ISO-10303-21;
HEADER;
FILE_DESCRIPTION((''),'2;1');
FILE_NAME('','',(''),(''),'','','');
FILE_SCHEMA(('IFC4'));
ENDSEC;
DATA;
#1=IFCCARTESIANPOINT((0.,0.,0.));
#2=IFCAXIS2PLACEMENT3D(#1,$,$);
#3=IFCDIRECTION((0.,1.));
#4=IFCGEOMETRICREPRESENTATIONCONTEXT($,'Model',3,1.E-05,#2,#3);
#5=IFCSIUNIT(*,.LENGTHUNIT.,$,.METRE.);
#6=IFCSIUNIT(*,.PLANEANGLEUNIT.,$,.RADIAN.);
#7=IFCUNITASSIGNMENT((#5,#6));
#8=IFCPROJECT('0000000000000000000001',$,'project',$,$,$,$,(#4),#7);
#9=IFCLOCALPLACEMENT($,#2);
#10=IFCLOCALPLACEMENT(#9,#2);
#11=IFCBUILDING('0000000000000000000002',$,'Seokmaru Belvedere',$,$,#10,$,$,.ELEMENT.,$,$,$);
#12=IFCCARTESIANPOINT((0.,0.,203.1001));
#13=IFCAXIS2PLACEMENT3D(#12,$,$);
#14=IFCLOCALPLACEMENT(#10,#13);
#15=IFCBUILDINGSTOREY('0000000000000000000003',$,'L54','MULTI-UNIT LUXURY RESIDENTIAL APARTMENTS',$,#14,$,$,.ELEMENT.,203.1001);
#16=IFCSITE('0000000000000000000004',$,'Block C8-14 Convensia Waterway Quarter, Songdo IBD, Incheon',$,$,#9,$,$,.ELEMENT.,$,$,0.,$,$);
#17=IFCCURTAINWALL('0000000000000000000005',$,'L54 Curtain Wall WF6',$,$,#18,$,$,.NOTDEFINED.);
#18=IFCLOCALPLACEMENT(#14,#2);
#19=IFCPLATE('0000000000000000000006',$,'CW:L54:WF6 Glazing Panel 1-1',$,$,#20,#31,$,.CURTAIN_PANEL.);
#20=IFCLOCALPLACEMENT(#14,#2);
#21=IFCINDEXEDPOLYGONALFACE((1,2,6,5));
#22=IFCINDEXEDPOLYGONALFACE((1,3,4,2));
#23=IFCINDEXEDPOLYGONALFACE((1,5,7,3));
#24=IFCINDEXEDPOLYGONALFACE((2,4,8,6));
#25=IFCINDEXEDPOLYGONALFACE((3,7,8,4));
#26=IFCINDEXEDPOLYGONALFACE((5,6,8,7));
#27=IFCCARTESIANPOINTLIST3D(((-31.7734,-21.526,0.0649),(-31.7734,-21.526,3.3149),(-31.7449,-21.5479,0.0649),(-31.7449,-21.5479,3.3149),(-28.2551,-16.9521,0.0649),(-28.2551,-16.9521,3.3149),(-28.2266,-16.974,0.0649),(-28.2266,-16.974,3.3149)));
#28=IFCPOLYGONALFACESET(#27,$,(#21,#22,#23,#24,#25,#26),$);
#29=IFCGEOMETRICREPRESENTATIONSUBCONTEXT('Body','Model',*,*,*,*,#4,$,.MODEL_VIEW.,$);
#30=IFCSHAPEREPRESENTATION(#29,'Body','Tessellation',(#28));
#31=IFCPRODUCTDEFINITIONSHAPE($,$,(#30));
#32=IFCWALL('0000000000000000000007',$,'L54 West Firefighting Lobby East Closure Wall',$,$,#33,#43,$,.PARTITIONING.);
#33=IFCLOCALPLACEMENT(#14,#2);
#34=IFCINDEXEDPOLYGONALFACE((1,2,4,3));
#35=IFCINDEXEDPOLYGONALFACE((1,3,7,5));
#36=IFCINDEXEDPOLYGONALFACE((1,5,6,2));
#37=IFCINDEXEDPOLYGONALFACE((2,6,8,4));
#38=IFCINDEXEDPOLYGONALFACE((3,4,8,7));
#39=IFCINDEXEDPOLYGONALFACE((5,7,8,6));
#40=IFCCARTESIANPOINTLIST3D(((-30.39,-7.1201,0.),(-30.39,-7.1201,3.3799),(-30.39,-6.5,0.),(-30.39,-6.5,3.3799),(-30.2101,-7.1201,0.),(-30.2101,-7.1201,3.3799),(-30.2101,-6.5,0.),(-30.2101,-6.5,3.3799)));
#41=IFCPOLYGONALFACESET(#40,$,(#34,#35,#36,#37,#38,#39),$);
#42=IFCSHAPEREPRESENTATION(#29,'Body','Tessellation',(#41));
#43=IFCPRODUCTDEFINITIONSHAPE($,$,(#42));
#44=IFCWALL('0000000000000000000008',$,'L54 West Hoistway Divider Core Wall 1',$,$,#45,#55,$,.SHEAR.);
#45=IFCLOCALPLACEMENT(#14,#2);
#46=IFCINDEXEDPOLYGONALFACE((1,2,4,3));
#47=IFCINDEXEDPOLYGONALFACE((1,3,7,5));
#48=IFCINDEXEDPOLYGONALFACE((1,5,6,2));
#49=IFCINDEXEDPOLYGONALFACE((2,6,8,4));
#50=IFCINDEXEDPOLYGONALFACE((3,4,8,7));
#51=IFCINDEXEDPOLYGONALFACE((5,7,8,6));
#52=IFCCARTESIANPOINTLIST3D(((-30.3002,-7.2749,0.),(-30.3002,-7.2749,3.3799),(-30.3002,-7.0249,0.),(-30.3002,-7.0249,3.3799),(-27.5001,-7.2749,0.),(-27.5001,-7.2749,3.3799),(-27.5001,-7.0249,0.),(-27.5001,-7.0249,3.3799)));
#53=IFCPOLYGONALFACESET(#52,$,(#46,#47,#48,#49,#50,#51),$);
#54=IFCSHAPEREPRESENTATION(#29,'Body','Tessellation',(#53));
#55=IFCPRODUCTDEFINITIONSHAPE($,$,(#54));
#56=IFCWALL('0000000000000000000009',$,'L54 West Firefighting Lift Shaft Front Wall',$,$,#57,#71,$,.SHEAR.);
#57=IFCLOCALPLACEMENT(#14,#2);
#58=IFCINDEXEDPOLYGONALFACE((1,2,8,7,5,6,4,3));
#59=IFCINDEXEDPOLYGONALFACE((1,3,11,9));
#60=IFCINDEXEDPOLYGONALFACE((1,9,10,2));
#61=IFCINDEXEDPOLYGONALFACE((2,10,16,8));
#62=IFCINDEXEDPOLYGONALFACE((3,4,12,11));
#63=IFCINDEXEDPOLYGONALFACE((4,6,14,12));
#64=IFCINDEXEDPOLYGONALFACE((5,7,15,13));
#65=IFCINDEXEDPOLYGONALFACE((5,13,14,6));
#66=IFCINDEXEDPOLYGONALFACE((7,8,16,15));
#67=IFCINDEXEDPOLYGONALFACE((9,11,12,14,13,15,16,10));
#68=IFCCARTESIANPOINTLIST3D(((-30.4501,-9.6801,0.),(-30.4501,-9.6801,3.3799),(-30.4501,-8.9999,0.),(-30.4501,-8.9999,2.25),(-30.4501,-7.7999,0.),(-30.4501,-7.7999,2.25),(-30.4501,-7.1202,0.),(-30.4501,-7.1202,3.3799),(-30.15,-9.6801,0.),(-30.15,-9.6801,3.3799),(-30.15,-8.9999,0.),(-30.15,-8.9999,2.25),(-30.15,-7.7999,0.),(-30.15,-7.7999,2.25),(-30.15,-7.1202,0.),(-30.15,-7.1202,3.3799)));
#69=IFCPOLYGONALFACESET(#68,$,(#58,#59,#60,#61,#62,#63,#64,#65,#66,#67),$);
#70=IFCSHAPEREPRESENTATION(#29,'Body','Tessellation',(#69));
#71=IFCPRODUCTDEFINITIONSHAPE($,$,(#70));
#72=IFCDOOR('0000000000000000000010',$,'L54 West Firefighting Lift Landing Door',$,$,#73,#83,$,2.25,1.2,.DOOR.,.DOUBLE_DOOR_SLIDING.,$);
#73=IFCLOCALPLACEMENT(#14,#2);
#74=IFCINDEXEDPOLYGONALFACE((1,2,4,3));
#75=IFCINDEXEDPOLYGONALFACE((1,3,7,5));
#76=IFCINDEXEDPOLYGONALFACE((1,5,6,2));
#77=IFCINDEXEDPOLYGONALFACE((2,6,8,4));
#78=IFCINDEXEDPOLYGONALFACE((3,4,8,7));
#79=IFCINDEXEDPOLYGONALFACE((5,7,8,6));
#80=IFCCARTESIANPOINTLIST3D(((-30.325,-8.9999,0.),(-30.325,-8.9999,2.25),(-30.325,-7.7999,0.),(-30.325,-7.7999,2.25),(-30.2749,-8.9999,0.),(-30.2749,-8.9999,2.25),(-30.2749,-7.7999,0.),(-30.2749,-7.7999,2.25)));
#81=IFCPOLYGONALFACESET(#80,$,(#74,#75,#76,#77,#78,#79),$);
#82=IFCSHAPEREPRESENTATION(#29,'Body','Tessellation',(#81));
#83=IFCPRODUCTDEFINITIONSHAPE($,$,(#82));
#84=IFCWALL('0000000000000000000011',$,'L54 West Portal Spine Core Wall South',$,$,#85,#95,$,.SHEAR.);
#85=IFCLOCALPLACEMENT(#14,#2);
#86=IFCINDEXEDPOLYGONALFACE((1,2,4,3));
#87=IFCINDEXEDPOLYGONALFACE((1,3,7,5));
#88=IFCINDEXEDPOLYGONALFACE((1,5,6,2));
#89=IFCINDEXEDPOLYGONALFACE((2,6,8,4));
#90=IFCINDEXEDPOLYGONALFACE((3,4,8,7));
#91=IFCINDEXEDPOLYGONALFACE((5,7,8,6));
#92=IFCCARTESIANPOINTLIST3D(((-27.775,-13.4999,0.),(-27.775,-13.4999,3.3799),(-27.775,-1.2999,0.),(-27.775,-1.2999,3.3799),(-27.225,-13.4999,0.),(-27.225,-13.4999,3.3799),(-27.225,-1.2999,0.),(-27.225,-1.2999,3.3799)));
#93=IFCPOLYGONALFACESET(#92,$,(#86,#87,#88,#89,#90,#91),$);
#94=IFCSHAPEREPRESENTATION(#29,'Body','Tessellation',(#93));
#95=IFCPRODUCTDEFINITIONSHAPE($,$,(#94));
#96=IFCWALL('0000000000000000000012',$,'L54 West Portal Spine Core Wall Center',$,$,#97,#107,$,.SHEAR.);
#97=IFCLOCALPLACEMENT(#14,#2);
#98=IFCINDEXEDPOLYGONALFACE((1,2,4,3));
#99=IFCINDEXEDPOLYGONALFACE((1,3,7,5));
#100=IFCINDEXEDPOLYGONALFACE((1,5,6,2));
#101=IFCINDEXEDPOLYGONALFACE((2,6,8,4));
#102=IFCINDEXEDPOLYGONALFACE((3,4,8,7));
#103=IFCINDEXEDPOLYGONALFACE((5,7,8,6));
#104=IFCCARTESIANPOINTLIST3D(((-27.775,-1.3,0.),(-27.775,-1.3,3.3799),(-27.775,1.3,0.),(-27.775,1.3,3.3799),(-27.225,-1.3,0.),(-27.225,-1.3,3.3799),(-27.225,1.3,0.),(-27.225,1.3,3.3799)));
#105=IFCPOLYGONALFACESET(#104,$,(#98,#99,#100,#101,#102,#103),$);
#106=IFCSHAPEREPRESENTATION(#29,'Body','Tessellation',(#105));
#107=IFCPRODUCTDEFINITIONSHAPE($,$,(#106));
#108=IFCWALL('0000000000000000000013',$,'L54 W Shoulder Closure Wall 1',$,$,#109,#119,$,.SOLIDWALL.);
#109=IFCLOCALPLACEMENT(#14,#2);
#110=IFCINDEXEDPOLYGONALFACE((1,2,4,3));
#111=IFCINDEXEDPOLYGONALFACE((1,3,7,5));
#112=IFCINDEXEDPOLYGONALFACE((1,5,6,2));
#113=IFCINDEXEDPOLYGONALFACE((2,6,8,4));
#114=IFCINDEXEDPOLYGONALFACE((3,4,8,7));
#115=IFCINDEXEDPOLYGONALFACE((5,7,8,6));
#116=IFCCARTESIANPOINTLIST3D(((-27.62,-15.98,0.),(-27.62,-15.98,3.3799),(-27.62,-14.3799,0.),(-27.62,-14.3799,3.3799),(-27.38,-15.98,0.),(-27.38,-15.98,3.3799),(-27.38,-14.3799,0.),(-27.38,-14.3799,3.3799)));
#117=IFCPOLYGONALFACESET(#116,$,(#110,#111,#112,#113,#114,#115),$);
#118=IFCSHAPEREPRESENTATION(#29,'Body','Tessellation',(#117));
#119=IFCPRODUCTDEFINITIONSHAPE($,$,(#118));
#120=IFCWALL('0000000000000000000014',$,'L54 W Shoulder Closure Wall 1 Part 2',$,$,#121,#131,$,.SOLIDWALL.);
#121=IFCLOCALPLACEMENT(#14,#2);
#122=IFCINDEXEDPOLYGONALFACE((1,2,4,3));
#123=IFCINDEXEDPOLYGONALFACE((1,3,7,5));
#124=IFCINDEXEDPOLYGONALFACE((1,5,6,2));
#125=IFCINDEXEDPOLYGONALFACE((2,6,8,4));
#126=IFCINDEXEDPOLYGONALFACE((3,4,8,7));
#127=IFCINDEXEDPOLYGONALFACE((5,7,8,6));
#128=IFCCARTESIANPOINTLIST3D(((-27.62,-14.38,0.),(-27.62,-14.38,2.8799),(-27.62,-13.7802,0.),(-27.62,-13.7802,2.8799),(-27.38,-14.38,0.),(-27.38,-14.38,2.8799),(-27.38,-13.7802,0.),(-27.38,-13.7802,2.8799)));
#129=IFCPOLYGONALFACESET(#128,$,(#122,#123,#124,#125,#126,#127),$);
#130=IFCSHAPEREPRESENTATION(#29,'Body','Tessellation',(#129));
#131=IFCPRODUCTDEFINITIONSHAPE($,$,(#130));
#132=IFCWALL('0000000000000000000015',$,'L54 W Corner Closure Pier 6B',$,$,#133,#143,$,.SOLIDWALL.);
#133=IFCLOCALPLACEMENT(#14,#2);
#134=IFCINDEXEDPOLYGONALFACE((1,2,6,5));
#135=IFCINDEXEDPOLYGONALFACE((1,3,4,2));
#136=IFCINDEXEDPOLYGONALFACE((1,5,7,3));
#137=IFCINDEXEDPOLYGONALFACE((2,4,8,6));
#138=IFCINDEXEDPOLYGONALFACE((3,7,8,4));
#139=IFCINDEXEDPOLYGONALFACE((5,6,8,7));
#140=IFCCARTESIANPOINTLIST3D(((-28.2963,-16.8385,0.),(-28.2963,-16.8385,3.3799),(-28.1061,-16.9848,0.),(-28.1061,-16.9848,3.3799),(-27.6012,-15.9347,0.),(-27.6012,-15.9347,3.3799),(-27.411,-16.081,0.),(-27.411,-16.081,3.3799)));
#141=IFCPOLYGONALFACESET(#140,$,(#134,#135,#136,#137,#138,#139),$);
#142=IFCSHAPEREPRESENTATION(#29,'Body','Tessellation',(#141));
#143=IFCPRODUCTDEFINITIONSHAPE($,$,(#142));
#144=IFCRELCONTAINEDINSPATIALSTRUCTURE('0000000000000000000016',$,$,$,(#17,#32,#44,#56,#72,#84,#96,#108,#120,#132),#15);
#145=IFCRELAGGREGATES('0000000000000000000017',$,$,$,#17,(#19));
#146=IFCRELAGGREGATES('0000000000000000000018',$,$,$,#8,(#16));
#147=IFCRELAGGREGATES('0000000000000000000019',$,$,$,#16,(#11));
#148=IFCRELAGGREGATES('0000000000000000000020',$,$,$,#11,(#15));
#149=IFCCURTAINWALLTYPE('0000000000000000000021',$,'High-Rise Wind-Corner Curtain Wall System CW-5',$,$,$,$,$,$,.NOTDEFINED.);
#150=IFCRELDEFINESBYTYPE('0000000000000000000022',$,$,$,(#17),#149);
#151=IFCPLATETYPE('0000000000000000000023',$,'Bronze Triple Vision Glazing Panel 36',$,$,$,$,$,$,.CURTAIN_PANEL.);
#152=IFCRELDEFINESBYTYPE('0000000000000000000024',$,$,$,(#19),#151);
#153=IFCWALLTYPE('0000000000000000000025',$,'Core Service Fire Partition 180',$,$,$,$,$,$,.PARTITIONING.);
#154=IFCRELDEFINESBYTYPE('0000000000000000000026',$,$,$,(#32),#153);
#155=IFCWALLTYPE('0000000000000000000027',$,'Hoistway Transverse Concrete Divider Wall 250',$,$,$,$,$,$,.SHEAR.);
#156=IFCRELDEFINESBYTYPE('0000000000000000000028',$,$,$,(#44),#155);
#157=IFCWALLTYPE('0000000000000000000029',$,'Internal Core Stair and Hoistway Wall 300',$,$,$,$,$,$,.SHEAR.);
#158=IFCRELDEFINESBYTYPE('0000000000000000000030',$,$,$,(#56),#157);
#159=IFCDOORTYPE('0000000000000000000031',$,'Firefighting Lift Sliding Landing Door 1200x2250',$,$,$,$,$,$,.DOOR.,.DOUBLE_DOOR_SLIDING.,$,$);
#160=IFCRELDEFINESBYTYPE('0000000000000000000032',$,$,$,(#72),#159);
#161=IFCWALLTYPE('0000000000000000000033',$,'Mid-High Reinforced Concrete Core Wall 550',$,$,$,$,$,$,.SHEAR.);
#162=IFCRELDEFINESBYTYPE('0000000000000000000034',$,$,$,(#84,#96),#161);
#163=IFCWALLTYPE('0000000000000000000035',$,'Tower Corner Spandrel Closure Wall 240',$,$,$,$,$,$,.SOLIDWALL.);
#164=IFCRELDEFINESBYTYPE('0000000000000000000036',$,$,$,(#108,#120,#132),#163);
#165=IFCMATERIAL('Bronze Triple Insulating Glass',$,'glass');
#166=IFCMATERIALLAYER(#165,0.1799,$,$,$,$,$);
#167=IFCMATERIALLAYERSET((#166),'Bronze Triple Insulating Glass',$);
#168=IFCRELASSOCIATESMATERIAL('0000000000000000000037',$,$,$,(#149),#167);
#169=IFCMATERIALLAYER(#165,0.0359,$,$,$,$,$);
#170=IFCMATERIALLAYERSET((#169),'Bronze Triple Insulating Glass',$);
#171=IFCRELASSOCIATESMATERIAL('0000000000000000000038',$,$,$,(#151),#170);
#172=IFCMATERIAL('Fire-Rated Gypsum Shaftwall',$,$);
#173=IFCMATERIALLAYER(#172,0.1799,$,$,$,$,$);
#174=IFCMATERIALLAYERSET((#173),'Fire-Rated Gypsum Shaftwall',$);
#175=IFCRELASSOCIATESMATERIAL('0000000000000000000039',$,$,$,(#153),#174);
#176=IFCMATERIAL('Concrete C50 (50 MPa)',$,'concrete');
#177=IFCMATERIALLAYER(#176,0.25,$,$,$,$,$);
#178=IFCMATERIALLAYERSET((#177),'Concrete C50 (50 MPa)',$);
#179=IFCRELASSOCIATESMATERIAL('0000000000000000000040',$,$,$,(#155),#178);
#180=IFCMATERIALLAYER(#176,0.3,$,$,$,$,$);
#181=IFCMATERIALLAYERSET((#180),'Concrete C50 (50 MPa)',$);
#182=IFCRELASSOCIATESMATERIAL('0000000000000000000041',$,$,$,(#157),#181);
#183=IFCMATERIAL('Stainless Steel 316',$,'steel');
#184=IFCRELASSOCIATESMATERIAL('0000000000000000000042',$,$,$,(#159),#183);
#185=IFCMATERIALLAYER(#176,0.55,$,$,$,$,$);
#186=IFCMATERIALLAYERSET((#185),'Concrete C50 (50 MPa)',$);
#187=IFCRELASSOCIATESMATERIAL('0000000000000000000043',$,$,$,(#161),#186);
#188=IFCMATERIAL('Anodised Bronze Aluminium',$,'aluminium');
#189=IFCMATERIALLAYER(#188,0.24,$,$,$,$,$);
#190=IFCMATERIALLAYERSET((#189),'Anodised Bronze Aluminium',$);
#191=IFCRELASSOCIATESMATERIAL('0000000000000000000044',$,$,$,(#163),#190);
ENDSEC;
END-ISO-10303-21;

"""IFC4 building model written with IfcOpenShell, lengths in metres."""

from ifc_helpers import new_model, si_unit, direction, frame, frame_2d, origin, origin_2d, place, context, subcontext, project, spatial, rectangle, extrude, source, transform, mapped, material, layer, layer_set, type_object, type_shapes, element, fill, aggregate, save


model = new_model("IFC4")

# Units and contexts
model_context = context("Model", 3, precision=1e-05, world=origin(), true_north=direction((0.0, 1.0)))
body_context = subcontext(model_context, "Body", "Model", "MODEL_VIEW")
ifc_project = project(units=[si_unit("LENGTHUNIT", "METRE"), si_unit("PLANEANGLEUNIT", "RADIAN")], contexts=[model_context])

# Site, building, storey
site_placement = place(None, origin())
site = spatial("IfcSite", under=ifc_project, at=site_placement, Name="Block C8-14 Convensia Waterway Quarter, Songdo IBD, Incheon", CompositionType="ELEMENT", RefElevation=0.0)
building_placement = place(site_placement, origin())
building = spatial("IfcBuilding", under=site, at=building_placement, Name="Seokmaru Belvedere", CompositionType="ELEMENT")
storey_placement = place(building_placement, frame((0.0, 0.0, 203.1001)))
storey = spatial("IfcBuildingStorey", under=building, at=storey_placement, Name="L54", Description="MULTI-UNIT LUXURY RESIDENTIAL APARTMENTS", CompositionType="ELEMENT", Elevation=203.1001)

# Curtain wall
ifc_material_1 = material(Name="Bronze Triple Insulating Glass", Category="glass")
ifc_layer_1 = layer(ifc_material_1, 0.1799)
ifc_layer_set_1 = layer_set([ifc_layer_1], Name="Bronze Triple Insulating Glass")
curtain_wall_type = type_object("IfcCurtainWallType", Name="High-Rise Wind-Corner Curtain Wall System CW-5", PredefinedType="NOTDEFINED", material=ifc_layer_set_1)
curtain_wall_placement = place(storey_placement, origin())
curtain_wall = element("IfcCurtainWall", 1, at=curtain_wall_placement, inside=storey, type_object=curtain_wall_type, Name="L54 Curtain Wall WF6", PredefinedType="NOTDEFINED")
ifc_material_2 = material(Name="Anodised Bronze Aluminium", Category="aluminium")

# Plate
ifc_layer_2 = layer(ifc_material_1, 0.0359)
ifc_layer_set_2 = layer_set([ifc_layer_2], Name="Bronze Triple Insulating Glass")
plate_type = type_object("IfcPlateType", Name="Bronze Triple Vision Glazing Panel 36", PredefinedType="CURTAIN_PANEL", material=ifc_layer_set_2)
shared_shape_1 = source(origin(), body_context, "Body", "SweptSolid", [
    extrude(rectangle(XDim=5.7705, YDim=0.0359, at=origin_2d()), origin(), (0.0, 0.0, 1.0), 3.25),
])
type_shapes(plate_type, [shared_shape_1])
plate_placement = place(storey_placement, frame((-30.0, -19.25, 0.0649), z_axis=(0.0, 0.0, 1.0), x_axis=(0.609701, 0.792631, 0.0)))
plate = element("IfcPlate", 2, at=plate_placement, type_object=plate_type, Name="CW:L54:WF6 Glazing Panel 1-1", PredefinedType="CURTAIN_PANEL", context=body_context, shape_type="MappedRepresentation", body=[
    mapped(shared_shape_1, transform((0.0, 0.0, 0.0), scale=1.0)),
])
aggregate(curtain_wall, [plate])

# Walls
ifc_material_3 = material(Name="Fire-Rated Gypsum Shaftwall")
ifc_layer_3 = layer(ifc_material_3, 0.1799)
ifc_layer_set_3 = layer_set([ifc_layer_3], Name="Fire-Rated Gypsum Shaftwall")
wall_type_1 = type_object("IfcWallType", Name="Core Service Fire Partition 180", PredefinedType="PARTITIONING", material=ifc_layer_set_3)
wall_1_placement = place(storey_placement, frame((-30.3, -7.1201, 0.0), z_axis=(0.0, 0.0, 1.0), x_axis=(0.0, 1.0, 0.0)))
element("IfcWall", 3, at=wall_1_placement, inside=storey, type_object=wall_type_1, Name="L54 West Firefighting Lobby East Closure Wall", PredefinedType="PARTITIONING", context=body_context, shape_type="SweptSolid", body=[
    extrude(rectangle(XDim=0.6201, YDim=0.1799, at=frame_2d((0.3101, 0.0))), origin(), (0.0, 0.0, 1.0), 3.3799),
])
ifc_material_4 = material(Name="Concrete C50 (50 MPa)", Category="concrete")
ifc_layer_4 = layer(ifc_material_4, 0.25)
ifc_layer_set_4 = layer_set([ifc_layer_4], Name="Concrete C50 (50 MPa)")
wall_type_2 = type_object("IfcWallType", Name="Hoistway Transverse Concrete Divider Wall 250", PredefinedType="SHEAR", material=ifc_layer_set_4)
wall_2_placement = place(storey_placement, frame((-30.3, -7.1499, 0.0), z_axis=(0.0, 0.0, 1.0), x_axis=(1.0, 0.0, 0.0)))
element("IfcWall", 4, at=wall_2_placement, inside=storey, type_object=wall_type_2, Name="L54 West Hoistway Divider Core Wall 1", PredefinedType="SHEAR", context=body_context, shape_type="SweptSolid", body=[
    extrude(rectangle(XDim=2.8, YDim=0.25, at=frame_2d((1.3999, 0.0))), origin(), (0.0, 0.0, 1.0), 3.3799),
])

# Wall, opening, door
ifc_layer_5 = layer(ifc_material_4, 0.3)
ifc_layer_set_5 = layer_set([ifc_layer_5], Name="Concrete C50 (50 MPa)")
wall_type_3 = type_object("IfcWallType", Name="Internal Core Stair and Hoistway Wall 300", PredefinedType="SHEAR", material=ifc_layer_set_5)
wall_3_placement = place(storey_placement, frame((-30.3, -9.6799, 0.0), z_axis=(0.0, 0.0, 1.0), x_axis=(0.0, 1.0, 0.0)))
wall_3 = element("IfcWall", 5, at=wall_3_placement, inside=storey, type_object=wall_type_3, Name="L54 West Firefighting Lift Shaft Front Wall", PredefinedType="SHEAR", context=body_context, shape_type="SweptSolid", body=[
    extrude(rectangle(XDim=2.5598, YDim=0.3, at=frame_2d((1.2798, 0.0))), origin(), (0.0, 0.0, 1.0), 3.3799),
])
opening_placement = place(wall_3_placement, frame((0.6799, 0.0, 0.0)))
opening = element("IfcOpeningElement", 6, at=opening_placement, cuts=wall_3, PredefinedType="OPENING", context=body_context, shape_type="SweptSolid", body=[
    extrude(rectangle(XDim=1.2, YDim=2.25, at=frame_2d((0.6001, 1.125))), frame((0.0, 0.1602, 0.0), z_axis=(0.0, -1.0, 0.0), x_axis=(1.0, 0.0, 0.0)), (0.0, 0.0, 1.0), 0.3201),
])
ifc_material_5 = material(Name="Stainless Steel 316", Category="steel")
door_type = type_object("IfcDoorType", Name="Firefighting Lift Sliding Landing Door 1200x2250", OperationType="DOUBLE_DOOR_SLIDING", PredefinedType="DOOR", material=ifc_material_5)
shared_shape_2 = source(origin(), body_context, "Body", "SweptSolid", [
    extrude(rectangle(XDim=1.2, YDim=2.25, at=frame_2d((0.6001, 1.125))), frame((0.0, 0.0249, 0.0), z_axis=(0.0, -1.0, 0.0), x_axis=(1.0, 0.0, 0.0)), (0.0, 0.0, 1.0), 0.05),
])
type_shapes(door_type, [shared_shape_2])
door_placement = place(opening_placement, origin())
door = element("IfcDoor", 7, at=door_placement, inside=storey, type_object=door_type, Name="L54 West Firefighting Lift Landing Door", OperationType="DOUBLE_DOOR_SLIDING", OverallHeight=2.25, OverallWidth=1.2, PredefinedType="DOOR", context=body_context, shape_type="MappedRepresentation", body=[
    mapped(shared_shape_2, transform((0.0, 0.0, 0.0), scale=1.0)),
])
fill(opening, door)

# Walls
ifc_layer_6 = layer(ifc_material_4, 0.55)
ifc_layer_set_6 = layer_set([ifc_layer_6], Name="Concrete C50 (50 MPa)")
wall_type_4 = type_object("IfcWallType", Name="Mid-High Reinforced Concrete Core Wall 550", PredefinedType="SHEAR", material=ifc_layer_set_6)
wall_4_placement = place(storey_placement, frame((-27.5, -13.5, 0.0), z_axis=(0.0, 0.0, 1.0), x_axis=(0.0, 1.0, 0.0)))
element("IfcWall", 8, at=wall_4_placement, inside=storey, type_object=wall_type_4, Name="L54 West Portal Spine Core Wall South", PredefinedType="SHEAR", context=body_context, shape_type="SweptSolid", body=[
    extrude(rectangle(XDim=12.2, YDim=0.55, at=frame_2d((6.1001, 0.0))), origin(), (0.0, 0.0, 1.0), 3.3799),
])
wall_5_placement = place(storey_placement, frame((-27.5, -1.3, 0.0), z_axis=(0.0, 0.0, 1.0), x_axis=(0.0, 1.0, 0.0)))
element("IfcWall", 9, at=wall_5_placement, inside=storey, type_object=wall_type_4, Name="L54 West Portal Spine Core Wall Center", PredefinedType="SHEAR", context=body_context, shape_type="SweptSolid", body=[
    extrude(rectangle(XDim=2.6001, YDim=0.55, at=frame_2d((1.3, 0.0))), origin(), (0.0, 0.0, 1.0), 3.3799),
])
ifc_layer_7 = layer(ifc_material_2, 0.24)
ifc_layer_set_7 = layer_set([ifc_layer_7], Name="Anodised Bronze Aluminium")
wall_type_5 = type_object("IfcWallType", Name="Tower Corner Spandrel Closure Wall 240", PredefinedType="SOLIDWALL", material=ifc_layer_set_7)
wall_6_placement = place(storey_placement, frame((-27.5, -15.98, 0.0), z_axis=(0.0, 0.0, 1.0), x_axis=(0.0, 1.0, 0.0)))
element("IfcWall", 10, at=wall_6_placement, inside=storey, type_object=wall_type_5, Name="L54 W Shoulder Closure Wall 1", PredefinedType="SOLIDWALL", context=body_context, shape_type="SweptSolid", body=[
    extrude(rectangle(XDim=1.6001, YDim=0.24, at=frame_2d((0.8, 0.0))), origin(), (0.0, 0.0, 1.0), 3.3799),
])
wall_7_placement = place(storey_placement, frame((-27.5, -14.3799, 0.0), z_axis=(0.0, 0.0, 1.0), x_axis=(0.0, 1.0, 0.0)))
element("IfcWall", 11, at=wall_7_placement, inside=storey, type_object=wall_type_5, Name="L54 W Shoulder Closure Wall 1 Part 2", PredefinedType="SOLIDWALL", context=body_context, shape_type="SweptSolid", body=[
    extrude(rectangle(XDim=0.5999, YDim=0.24, at=frame_2d((0.2998, 0.0))), origin(), (0.0, 0.0, 1.0), 2.8799),
])
wall_8_placement = place(storey_placement, frame((-28.2012, -16.9116, 0.0), z_axis=(0.0, 0.0, 1.0), x_axis=(0.609618, 0.792696, 0.0)))
element("IfcWall", 12, at=wall_8_placement, inside=storey, type_object=wall_type_5, Name="L54 W Corner Closure Pier 6B", PredefinedType="SOLIDWALL", context=body_context, shape_type="SweptSolid", body=[
    extrude(rectangle(XDim=1.1401, YDim=0.24, at=frame_2d((0.5701, 0.0))), origin(), (0.0, 0.0, 1.0), 3.3799),
])

save(model, "model.ifc")
